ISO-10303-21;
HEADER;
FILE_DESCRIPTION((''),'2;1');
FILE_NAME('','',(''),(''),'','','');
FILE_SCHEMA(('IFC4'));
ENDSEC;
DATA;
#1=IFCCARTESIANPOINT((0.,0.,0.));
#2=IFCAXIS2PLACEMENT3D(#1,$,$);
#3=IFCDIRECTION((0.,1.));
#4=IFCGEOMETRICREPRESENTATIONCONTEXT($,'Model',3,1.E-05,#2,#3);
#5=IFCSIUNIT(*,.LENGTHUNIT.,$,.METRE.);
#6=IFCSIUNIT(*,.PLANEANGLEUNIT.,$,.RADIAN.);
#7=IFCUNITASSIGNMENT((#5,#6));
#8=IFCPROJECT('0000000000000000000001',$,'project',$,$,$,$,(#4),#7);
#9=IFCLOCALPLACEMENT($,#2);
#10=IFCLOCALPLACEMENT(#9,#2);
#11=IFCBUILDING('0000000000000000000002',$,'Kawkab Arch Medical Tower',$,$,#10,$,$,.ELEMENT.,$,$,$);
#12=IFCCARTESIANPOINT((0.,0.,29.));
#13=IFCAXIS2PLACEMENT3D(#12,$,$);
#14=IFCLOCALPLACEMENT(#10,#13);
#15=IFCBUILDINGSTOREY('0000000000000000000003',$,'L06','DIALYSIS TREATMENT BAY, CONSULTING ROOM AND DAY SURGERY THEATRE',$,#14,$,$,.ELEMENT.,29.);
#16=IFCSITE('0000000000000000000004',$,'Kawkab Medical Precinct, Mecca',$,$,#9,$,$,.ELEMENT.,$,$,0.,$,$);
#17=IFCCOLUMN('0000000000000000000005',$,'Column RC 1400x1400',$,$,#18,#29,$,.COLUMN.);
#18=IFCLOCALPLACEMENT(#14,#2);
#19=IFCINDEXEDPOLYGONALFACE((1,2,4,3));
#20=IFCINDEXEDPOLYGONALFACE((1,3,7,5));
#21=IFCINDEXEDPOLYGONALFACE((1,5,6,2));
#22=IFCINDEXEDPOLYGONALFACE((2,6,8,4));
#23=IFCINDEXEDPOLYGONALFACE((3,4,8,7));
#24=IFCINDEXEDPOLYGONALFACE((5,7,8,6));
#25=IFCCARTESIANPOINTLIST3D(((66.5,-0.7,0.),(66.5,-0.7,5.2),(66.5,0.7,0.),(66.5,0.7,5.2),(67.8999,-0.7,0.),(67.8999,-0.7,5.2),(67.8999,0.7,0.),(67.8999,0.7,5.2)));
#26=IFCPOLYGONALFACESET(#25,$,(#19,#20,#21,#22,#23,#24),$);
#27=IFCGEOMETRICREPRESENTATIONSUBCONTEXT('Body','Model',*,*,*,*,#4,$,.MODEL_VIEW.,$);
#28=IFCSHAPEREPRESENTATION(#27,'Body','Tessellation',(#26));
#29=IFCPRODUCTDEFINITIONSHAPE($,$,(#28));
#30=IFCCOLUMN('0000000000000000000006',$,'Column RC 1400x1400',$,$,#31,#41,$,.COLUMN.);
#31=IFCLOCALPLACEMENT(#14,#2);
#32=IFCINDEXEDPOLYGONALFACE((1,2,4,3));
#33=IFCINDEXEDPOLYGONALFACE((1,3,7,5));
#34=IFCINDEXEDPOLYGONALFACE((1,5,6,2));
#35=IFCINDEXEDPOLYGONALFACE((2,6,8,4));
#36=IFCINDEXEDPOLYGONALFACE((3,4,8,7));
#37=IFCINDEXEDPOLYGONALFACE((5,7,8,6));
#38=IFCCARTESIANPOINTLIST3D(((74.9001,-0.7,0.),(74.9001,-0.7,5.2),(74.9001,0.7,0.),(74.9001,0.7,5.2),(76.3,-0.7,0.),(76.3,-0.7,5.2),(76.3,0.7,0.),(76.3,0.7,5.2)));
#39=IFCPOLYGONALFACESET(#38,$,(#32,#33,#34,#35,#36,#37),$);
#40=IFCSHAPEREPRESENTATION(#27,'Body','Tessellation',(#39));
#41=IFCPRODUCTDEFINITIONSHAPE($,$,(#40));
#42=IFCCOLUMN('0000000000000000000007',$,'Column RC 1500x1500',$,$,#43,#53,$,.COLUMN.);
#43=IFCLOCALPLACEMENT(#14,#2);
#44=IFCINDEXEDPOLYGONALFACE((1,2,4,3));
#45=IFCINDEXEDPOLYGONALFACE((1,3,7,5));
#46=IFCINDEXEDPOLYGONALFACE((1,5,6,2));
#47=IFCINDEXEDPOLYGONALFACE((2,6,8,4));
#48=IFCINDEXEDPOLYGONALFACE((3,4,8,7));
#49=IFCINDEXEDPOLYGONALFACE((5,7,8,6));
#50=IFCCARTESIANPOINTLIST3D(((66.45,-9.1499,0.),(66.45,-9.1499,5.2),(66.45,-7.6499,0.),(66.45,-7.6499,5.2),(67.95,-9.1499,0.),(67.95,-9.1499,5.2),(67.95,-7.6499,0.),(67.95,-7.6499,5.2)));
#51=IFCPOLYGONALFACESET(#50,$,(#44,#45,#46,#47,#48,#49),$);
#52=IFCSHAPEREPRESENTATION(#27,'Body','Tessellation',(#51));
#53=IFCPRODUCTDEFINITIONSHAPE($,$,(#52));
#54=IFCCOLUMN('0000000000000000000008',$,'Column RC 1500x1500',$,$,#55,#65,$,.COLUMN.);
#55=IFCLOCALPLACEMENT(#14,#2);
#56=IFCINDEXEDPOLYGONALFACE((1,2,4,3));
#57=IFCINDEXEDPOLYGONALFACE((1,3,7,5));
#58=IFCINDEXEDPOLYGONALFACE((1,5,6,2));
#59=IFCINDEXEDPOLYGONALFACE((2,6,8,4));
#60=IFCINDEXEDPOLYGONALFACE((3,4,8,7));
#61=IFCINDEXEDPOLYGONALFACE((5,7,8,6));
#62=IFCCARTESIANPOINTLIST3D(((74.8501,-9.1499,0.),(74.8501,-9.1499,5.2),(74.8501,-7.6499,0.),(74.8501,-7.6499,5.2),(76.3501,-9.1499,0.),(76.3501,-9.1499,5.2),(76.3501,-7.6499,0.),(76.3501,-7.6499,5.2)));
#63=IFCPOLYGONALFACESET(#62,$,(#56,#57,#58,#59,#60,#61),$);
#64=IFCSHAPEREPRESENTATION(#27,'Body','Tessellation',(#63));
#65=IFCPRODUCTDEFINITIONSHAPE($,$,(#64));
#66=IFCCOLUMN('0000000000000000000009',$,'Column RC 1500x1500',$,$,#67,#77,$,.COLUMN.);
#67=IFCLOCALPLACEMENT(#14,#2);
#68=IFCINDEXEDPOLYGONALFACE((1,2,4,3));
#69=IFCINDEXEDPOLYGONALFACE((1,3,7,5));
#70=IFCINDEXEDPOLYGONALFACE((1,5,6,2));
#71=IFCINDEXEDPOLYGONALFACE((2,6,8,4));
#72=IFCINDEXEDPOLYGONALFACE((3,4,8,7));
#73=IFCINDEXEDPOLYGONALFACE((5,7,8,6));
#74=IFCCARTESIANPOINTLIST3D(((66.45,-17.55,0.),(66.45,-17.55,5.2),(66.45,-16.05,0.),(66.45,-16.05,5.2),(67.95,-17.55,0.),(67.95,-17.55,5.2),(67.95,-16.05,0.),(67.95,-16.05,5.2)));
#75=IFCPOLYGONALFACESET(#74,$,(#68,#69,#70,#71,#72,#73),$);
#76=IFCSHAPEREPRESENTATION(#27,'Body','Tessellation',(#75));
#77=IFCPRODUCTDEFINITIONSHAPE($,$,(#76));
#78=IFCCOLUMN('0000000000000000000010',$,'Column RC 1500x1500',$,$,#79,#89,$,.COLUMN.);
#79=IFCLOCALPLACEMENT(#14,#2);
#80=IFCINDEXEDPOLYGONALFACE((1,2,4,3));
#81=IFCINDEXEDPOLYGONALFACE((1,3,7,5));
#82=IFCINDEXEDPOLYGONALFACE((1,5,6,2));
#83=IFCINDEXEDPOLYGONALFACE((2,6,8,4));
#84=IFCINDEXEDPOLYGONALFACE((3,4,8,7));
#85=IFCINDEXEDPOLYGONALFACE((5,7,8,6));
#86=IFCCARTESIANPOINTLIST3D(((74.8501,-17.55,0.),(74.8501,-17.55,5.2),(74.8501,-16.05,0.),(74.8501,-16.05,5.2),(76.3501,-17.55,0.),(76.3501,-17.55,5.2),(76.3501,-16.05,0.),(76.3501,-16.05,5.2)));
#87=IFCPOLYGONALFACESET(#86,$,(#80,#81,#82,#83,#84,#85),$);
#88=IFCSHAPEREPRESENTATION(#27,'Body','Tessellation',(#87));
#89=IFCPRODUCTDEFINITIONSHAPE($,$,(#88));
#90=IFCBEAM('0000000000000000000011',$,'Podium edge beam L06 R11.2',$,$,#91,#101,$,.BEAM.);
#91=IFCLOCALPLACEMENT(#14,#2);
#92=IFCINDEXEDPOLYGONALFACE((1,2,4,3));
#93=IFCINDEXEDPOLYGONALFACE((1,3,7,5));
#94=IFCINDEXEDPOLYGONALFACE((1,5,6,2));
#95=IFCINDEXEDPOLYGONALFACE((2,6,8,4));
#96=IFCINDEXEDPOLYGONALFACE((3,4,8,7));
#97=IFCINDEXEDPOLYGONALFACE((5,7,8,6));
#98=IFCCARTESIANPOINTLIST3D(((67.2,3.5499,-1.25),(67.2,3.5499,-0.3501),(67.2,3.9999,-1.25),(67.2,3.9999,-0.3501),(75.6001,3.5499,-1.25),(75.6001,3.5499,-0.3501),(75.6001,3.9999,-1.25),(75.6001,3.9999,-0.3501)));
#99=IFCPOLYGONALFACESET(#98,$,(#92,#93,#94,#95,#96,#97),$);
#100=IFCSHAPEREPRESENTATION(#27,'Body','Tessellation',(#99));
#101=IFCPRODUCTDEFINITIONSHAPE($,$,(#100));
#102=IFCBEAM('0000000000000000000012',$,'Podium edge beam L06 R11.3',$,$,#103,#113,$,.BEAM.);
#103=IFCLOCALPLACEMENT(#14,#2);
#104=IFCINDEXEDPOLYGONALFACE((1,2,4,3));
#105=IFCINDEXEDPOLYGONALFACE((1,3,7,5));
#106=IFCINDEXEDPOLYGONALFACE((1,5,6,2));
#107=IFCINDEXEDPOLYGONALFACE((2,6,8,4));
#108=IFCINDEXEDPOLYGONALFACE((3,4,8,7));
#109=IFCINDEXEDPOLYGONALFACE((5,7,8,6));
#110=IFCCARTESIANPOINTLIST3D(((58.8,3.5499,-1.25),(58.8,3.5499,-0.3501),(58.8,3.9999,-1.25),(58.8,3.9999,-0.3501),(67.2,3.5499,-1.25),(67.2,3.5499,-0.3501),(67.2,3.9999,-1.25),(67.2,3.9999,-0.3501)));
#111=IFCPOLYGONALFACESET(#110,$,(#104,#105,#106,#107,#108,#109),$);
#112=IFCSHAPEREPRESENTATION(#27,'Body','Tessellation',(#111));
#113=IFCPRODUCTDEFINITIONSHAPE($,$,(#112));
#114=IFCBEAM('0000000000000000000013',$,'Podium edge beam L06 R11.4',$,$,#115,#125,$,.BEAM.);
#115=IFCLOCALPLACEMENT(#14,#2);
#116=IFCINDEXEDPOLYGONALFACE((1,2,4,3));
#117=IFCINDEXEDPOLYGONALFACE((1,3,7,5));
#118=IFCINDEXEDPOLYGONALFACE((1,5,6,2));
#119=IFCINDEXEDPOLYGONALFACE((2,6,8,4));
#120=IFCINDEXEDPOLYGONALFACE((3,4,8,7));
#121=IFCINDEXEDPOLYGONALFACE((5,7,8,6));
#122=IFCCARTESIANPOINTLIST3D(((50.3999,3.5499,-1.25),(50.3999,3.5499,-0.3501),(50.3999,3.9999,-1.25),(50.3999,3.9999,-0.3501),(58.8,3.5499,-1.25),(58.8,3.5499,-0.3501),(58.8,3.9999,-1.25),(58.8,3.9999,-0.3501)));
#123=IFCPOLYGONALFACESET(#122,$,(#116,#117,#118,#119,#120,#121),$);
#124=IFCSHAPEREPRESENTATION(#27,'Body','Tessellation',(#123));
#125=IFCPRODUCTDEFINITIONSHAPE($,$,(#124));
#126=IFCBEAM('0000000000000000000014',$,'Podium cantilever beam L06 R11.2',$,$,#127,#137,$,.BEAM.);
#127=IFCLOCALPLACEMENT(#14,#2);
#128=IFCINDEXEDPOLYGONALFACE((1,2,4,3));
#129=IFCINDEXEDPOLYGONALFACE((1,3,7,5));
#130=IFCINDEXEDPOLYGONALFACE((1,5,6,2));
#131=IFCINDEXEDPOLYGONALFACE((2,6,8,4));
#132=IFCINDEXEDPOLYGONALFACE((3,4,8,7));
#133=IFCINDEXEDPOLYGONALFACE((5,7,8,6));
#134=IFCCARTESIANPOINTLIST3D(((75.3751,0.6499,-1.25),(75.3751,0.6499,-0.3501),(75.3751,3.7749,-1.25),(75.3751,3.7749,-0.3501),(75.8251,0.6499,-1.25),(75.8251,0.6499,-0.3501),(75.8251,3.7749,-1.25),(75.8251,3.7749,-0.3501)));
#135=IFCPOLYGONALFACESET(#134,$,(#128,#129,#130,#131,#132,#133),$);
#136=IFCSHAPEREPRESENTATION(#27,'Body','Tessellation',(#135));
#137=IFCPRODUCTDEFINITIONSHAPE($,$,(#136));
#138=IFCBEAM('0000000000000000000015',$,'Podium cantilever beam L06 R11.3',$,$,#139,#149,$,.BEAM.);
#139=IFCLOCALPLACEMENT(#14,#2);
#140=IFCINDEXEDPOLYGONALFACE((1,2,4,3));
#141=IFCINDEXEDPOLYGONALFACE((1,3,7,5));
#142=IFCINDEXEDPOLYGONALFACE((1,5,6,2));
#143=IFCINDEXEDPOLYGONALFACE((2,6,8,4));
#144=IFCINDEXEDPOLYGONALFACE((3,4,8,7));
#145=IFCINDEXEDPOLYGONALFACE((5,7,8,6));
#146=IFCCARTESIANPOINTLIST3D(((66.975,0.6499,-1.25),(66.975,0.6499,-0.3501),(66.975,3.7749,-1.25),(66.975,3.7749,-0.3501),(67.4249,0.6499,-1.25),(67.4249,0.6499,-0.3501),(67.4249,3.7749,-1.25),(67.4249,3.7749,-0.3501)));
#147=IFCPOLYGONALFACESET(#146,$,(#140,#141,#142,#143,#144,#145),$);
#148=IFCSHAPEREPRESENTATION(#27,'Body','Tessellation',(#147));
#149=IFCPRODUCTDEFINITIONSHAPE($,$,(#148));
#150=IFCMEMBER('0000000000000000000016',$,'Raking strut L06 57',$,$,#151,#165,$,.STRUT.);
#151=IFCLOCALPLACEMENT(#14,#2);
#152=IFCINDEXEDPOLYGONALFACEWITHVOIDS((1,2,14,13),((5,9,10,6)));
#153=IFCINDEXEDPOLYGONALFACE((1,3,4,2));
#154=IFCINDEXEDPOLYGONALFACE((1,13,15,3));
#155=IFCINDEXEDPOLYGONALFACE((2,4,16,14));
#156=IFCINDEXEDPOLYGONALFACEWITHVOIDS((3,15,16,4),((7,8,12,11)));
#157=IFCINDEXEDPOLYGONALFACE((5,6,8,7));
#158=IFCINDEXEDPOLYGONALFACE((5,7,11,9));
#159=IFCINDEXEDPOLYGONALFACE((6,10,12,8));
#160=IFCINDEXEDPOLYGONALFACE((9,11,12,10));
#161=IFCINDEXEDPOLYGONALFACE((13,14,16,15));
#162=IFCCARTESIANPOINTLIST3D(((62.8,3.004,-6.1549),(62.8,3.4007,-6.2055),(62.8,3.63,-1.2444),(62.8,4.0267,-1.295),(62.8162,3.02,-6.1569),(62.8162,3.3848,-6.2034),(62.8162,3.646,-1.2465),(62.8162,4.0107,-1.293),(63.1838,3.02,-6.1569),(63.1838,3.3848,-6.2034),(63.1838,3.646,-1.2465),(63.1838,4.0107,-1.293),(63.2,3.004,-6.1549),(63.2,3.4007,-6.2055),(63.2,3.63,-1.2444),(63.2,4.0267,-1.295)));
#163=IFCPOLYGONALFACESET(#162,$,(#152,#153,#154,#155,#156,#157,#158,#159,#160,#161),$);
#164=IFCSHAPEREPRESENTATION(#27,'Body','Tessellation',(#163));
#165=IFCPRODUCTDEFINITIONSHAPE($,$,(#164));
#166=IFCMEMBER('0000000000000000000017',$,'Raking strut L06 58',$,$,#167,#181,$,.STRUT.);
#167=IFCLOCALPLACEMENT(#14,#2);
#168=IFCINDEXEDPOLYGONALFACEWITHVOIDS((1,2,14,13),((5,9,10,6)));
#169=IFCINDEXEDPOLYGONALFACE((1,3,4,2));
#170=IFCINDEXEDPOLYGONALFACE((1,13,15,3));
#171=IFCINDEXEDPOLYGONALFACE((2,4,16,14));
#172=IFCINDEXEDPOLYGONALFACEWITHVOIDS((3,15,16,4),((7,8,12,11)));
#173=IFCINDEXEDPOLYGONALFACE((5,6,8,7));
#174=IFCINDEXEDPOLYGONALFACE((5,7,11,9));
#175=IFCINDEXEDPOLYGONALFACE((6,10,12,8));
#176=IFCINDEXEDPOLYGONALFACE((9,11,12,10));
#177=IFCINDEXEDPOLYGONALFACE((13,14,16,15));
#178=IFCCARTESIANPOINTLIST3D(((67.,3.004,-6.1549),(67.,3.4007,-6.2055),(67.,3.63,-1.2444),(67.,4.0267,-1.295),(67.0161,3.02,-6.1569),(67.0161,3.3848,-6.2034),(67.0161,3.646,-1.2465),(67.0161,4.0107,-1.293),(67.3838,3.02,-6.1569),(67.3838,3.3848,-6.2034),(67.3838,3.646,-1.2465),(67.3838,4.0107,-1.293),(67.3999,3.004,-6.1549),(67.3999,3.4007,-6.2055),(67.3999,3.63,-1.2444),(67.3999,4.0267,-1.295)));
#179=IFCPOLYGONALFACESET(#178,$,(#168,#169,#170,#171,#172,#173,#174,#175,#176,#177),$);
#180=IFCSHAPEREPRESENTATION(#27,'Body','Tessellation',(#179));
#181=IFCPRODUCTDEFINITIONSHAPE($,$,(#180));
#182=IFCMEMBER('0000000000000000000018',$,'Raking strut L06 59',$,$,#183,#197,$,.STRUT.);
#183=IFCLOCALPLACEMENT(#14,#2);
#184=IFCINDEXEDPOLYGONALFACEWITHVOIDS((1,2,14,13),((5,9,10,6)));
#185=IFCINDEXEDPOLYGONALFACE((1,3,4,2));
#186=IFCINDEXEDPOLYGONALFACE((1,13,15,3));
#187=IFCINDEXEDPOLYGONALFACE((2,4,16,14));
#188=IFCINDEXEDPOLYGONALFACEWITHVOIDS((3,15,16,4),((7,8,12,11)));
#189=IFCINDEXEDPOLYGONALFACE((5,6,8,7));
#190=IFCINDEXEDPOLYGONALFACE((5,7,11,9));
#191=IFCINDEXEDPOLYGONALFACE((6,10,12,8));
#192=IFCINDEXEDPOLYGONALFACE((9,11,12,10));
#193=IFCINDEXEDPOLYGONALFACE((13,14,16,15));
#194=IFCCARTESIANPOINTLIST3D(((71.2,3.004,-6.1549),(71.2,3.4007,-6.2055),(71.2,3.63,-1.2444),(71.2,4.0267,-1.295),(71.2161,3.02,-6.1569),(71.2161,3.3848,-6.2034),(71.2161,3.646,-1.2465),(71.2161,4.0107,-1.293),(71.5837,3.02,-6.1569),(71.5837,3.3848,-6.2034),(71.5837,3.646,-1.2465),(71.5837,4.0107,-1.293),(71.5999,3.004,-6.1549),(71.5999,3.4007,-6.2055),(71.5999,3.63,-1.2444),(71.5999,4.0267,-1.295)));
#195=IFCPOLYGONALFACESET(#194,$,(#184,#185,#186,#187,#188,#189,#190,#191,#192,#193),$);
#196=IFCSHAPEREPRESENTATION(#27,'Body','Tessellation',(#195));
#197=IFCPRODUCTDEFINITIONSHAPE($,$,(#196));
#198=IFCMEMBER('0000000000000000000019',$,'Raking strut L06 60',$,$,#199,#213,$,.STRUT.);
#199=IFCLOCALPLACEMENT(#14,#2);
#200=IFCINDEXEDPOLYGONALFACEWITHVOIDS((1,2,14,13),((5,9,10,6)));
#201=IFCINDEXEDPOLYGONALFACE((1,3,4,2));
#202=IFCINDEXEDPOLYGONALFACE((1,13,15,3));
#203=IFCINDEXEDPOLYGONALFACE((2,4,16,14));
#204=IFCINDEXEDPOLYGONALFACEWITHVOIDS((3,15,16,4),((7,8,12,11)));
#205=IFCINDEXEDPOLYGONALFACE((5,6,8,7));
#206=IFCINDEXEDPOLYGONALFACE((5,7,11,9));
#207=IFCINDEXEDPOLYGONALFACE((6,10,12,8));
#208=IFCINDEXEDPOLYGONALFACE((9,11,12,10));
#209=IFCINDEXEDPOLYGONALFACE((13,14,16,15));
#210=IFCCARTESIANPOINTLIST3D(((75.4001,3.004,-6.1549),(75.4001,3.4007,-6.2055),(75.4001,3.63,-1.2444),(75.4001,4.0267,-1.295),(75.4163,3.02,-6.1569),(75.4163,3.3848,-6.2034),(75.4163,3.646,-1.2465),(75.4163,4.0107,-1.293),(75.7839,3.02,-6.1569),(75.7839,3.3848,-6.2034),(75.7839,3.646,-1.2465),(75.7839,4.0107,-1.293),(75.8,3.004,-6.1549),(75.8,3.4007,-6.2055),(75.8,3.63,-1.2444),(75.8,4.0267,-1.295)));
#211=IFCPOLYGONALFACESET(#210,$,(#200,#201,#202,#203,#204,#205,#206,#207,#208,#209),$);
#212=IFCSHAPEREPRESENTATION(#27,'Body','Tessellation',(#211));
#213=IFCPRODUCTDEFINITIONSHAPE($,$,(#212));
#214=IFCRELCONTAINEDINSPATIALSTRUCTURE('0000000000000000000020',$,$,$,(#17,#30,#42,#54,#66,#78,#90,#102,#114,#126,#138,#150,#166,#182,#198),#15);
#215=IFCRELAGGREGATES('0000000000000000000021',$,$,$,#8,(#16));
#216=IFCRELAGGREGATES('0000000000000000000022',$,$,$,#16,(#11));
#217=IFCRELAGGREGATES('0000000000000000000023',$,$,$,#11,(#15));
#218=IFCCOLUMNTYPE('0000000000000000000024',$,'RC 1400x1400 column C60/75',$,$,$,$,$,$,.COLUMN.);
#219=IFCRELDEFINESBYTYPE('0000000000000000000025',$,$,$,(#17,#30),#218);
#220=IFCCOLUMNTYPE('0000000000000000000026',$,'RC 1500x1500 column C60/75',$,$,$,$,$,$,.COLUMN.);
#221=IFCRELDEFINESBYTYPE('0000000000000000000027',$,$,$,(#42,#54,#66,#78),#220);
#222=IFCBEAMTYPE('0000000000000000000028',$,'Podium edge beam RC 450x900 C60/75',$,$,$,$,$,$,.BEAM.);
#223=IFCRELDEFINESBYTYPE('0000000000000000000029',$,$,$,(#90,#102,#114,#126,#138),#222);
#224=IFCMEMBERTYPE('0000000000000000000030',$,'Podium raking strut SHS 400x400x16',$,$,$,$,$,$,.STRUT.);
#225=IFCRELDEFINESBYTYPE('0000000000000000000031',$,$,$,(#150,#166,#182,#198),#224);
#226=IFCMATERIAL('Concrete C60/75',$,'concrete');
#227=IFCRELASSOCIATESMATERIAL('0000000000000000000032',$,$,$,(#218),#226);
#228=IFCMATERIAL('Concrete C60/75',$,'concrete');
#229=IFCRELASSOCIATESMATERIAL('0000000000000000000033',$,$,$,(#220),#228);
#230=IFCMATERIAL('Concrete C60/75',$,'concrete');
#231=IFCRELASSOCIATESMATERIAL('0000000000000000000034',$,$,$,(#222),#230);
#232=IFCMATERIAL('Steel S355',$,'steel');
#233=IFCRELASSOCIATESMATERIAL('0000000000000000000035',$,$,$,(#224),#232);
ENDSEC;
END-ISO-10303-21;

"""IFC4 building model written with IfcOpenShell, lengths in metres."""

from ifc_helpers import new_model, si_unit, direction, frame, origin, origin_2d, place, context, subcontext, project, spatial, rectangle, hollow_rectangle, extrude, material, material_profile, profile_set, type_object, element, save


model = new_model("IFC4")

# Units and contexts
model_context = context("Model", 3, precision=1e-05, world=origin(), true_north=direction((0.0, 1.0)))
body_context = subcontext(model_context, "Body", "Model", "MODEL_VIEW")
ifc_project = project(units=[si_unit("LENGTHUNIT", "METRE"), si_unit("PLANEANGLEUNIT", "RADIAN")], contexts=[model_context])

# Site, building, storey
site_placement = place(None, origin())
site = spatial("IfcSite", under=ifc_project, at=site_placement, Name="Kawkab Medical Precinct, Mecca", CompositionType="ELEMENT", RefElevation=0.0)
building_placement = place(site_placement, origin())
building = spatial("IfcBuilding", under=site, at=building_placement, Name="Kawkab Arch Medical Tower", CompositionType="ELEMENT")
storey_placement = place(building_placement, frame((0.0, 0.0, 29.0)))
storey = spatial("IfcBuildingStorey", under=building, at=storey_placement, Name="L06", Description="DIALYSIS TREATMENT BAY, CONSULTING ROOM AND DAY SURGERY THEATRE", CompositionType="ELEMENT", Elevation=29.0)

# Columns
ifc_material_1 = material(Name="Concrete C60/75", Category="concrete")
ifc_material_profile_1 = material_profile(ifc_material_1, rectangle(XDim=1.3999, YDim=1.3999, at=origin_2d()), Name="RC 1400x1400")
ifc_profile_set_1 = profile_set([ifc_material_profile_1], Name="Concrete C60/75")
column_type_1 = type_object("IfcColumnType", Name="RC 1400x1400 column C60/75", PredefinedType="COLUMN", material=ifc_profile_set_1)
for number, where, z_axis, x_axis, name in (
    (1, (67.2, 0.0, 0.0), (0.0, 0.0, 1.0), (1.0, 0.0, 0.0), "Column RC 1400x1400"),
    (2, (75.6001, 0.0, 0.0), (0.0, 0.0, 1.0), (1.0, 0.0, 0.0), "Column RC 1400x1400"),
):
    element("IfcColumn", number, at=place(storey_placement, frame(where, z_axis=z_axis, x_axis=x_axis)), inside=storey, type_object=column_type_1, Name=name, PredefinedType="COLUMN", context=body_context, shape_type="SweptSolid", body=[
        extrude(rectangle(XDim=1.3999, YDim=1.3999, at=origin_2d()), origin(), (0.0, 0.0, 1.0), 5.2),
    ])
ifc_material_2 = material(Name="Concrete C60/75", Category="concrete")
ifc_material_profile_2 = material_profile(ifc_material_2, rectangle(XDim=1.5, YDim=1.5, at=origin_2d()), Name="RC 1500x1500")
ifc_profile_set_2 = profile_set([ifc_material_profile_2], Name="Concrete C60/75")
column_type_2 = type_object("IfcColumnType", Name="RC 1500x1500 column C60/75", PredefinedType="COLUMN", material=ifc_profile_set_2)
for number, where, z_axis, x_axis, name in (
    (3, (67.2, -8.3999, 0.0), (0.0, 0.0, 1.0), (1.0, 0.0, 0.0), "Column RC 1500x1500"),
    (4, (75.6001, -8.3999, 0.0), (0.0, 0.0, 1.0), (1.0, 0.0, 0.0), "Column RC 1500x1500"),
    (5, (67.2, -16.8, 0.0), (0.0, 0.0, 1.0), (1.0, 0.0, 0.0), "Column RC 1500x1500"),
    (6, (75.6001, -16.8, 0.0), (0.0, 0.0, 1.0), (1.0, 0.0, 0.0), "Column RC 1500x1500"),
):
    element("IfcColumn", number, at=place(storey_placement, frame(where, z_axis=z_axis, x_axis=x_axis)), inside=storey, type_object=column_type_2, Name=name, PredefinedType="COLUMN", context=body_context, shape_type="SweptSolid", body=[
        extrude(rectangle(XDim=1.5, YDim=1.5, at=origin_2d()), origin(), (0.0, 0.0, 1.0), 5.2),
    ])

# Beams
ifc_material_3 = material(Name="Concrete C60/75", Category="concrete")
ifc_material_profile_3 = material_profile(ifc_material_3, rectangle(XDim=0.45, YDim=0.8999, at=origin_2d()), Name="RC 450x900")
ifc_profile_set_3 = profile_set([ifc_material_profile_3], Name="Concrete C60/75")
beam_type_1 = type_object("IfcBeamType", Name="Podium edge beam RC 450x900 C60/75", PredefinedType="BEAM", material=ifc_profile_set_3)
beam_1_placement = place(storey_placement, frame((75.6001, 3.7749, -0.8), z_axis=(-1.0, 0.0, 0.0), x_axis=(0.0, -1.0, 0.0)))
element("IfcBeam", 7, at=beam_1_placement, inside=storey, type_object=beam_type_1, Name="Podium edge beam L06 R11.2", PredefinedType="BEAM", context=body_context, shape_type="SweptSolid", body=[
    extrude(rectangle(XDim=0.45, YDim=0.8999, at=origin_2d()), origin(), (0.0, 0.0, 1.0), 8.4001),
])
beam_2_placement = place(storey_placement, frame((67.2, 3.7749, -0.8), z_axis=(-1.0, 0.0, 0.0), x_axis=(0.0, -1.0, 0.0)))
element("IfcBeam", 8, at=beam_2_placement, inside=storey, type_object=beam_type_1, Name="Podium edge beam L06 R11.3", PredefinedType="BEAM", context=body_context, shape_type="SweptSolid", body=[
    extrude(rectangle(XDim=0.45, YDim=0.8999, at=origin_2d()), origin(), (0.0, 0.0, 1.0), 8.3999),
])
beam_3_placement = place(storey_placement, frame((58.8, 3.7749, -0.8), z_axis=(-1.0, 0.0, 0.0), x_axis=(0.0, -1.0, 0.0)))
element("IfcBeam", 9, at=beam_3_placement, inside=storey, type_object=beam_type_1, Name="Podium edge beam L06 R11.4", PredefinedType="BEAM", context=body_context, shape_type="SweptSolid", body=[
    extrude(rectangle(XDim=0.45, YDim=0.8999, at=origin_2d()), origin(), (0.0, 0.0, 1.0), 8.4001),
])
for number, where, z_axis, x_axis, name in (
    (10, (75.6001, 0.6499, -0.8), (0.0, 1.0, 0.0), (-1.0, 0.0, 0.0), "Podium cantilever beam L06 R11.2"),
    (11, (67.2, 0.6499, -0.8), (0.0, 1.0, 0.0), (-1.0, 0.0, 0.0), "Podium cantilever beam L06 R11.3"),
):
    element("IfcBeam", number, at=place(storey_placement, frame(where, z_axis=z_axis, x_axis=x_axis)), inside=storey, type_object=beam_type_1, Name=name, PredefinedType="BEAM", context=body_context, shape_type="SweptSolid", body=[
        extrude(rectangle(XDim=0.45, YDim=0.8999, at=origin_2d()), origin(), (0.0, 0.0, 1.0), 3.125),
    ])

# Members
ifc_material_4 = material(Name="Steel S355", Category="steel")
ifc_material_profile_4 = material_profile(ifc_material_4, hollow_rectangle(XDim=0.3999, YDim=0.3999, WallThickness=0.0161, at=origin_2d()), Name="SHS 400x400x16")
ifc_profile_set_4 = profile_set([ifc_material_profile_4], Name="Steel S355")
member_type = type_object("IfcMemberType", Name="Podium raking strut SHS 400x400x16", PredefinedType="STRUT", material=ifc_profile_set_4)
for number, where, z_axis, x_axis, name in (
    (12, (63.0, 3.2024, -6.1802), (0.0, 0.126456, 0.991972), (-1.0, 0.0, 0.0), "Raking strut L06 57"),
    (13, (67.2, 3.2024, -6.1802), (0.0, 0.126456, 0.991972), (-1.0, 0.0, 0.0), "Raking strut L06 58"),
    (14, (71.3999, 3.2024, -6.1802), (0.0, 0.126456, 0.991972), (-1.0, 0.0, 0.0), "Raking strut L06 59"),
    (15, (75.6001, 3.2024, -6.1802), (0.0, 0.126456, 0.991972), (-1.0, 0.0, 0.0), "Raking strut L06 60"),
):
    element("IfcMember", number, at=place(storey_placement, frame(where, z_axis=z_axis, x_axis=x_axis)), inside=storey, type_object=member_type, Name=name, PredefinedType="STRUT", context=body_context, shape_type="SweptSolid", body=[
        extrude(hollow_rectangle(XDim=0.3999, YDim=0.3999, WallThickness=0.0161, at=origin_2d()), origin(), (0.0, 0.0, 1.0), 4.9502),
    ])

save(model, "model.ifc")
